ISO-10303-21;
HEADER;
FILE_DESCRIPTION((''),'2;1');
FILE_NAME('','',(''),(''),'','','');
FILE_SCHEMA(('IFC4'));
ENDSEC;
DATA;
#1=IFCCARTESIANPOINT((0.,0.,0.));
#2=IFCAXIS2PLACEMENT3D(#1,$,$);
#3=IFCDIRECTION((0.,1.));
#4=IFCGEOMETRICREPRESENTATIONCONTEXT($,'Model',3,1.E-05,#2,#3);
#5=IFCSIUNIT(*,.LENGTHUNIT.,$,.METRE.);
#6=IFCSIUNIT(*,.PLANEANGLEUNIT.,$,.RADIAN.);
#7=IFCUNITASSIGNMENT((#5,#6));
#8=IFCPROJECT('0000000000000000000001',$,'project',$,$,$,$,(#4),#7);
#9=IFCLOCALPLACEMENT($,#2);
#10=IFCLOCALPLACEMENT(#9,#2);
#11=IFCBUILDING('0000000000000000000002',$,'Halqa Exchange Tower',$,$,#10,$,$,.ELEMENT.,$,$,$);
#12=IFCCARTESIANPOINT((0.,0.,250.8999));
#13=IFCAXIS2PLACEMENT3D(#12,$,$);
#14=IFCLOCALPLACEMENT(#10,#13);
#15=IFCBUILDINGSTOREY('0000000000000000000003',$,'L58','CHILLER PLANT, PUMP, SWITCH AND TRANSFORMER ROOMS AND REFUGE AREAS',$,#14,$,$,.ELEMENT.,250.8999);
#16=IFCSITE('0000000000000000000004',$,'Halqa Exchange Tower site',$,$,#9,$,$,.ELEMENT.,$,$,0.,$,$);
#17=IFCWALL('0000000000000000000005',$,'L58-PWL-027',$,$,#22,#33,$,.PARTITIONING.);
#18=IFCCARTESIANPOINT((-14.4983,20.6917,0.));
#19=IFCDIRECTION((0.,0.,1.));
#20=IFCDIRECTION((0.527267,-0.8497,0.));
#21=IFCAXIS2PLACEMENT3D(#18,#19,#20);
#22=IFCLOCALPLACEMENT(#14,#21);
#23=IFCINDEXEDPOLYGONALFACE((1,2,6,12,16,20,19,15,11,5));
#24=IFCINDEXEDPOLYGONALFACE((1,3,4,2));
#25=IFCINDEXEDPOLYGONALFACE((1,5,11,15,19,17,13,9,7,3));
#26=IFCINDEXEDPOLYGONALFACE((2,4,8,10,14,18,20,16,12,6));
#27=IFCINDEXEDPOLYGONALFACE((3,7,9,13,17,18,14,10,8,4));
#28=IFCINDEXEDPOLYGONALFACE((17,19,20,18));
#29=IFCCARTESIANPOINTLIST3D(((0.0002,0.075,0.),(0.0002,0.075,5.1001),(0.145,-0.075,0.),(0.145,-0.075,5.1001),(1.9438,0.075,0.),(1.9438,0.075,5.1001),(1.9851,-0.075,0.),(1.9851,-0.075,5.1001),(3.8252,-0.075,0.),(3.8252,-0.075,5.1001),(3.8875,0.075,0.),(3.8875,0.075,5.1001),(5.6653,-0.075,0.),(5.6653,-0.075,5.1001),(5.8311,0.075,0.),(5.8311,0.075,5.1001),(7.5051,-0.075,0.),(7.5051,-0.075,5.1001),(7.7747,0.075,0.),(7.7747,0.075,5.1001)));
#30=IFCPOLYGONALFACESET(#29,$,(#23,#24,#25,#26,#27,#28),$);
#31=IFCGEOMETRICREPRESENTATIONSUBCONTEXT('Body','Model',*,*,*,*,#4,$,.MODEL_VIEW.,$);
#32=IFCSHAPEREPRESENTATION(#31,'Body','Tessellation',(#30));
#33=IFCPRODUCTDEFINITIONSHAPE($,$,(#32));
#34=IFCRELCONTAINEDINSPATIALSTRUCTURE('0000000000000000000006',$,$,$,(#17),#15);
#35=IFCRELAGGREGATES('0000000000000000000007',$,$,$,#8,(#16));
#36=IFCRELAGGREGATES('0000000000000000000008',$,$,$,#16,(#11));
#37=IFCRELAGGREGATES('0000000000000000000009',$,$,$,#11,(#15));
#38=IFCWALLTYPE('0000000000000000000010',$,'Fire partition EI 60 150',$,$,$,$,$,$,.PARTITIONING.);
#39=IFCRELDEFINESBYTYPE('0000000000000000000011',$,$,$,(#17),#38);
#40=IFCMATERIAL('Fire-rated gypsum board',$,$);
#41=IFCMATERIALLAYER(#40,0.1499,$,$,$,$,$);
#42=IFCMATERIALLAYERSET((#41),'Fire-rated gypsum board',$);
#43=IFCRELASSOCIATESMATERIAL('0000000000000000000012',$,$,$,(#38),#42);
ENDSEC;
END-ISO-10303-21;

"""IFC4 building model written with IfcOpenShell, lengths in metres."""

from ifc_helpers import new_model, si_unit, direction, frame, origin, place, context, subcontext, project, spatial, polyline, outline, extrude, material, layer, layer_set, type_object, element, save


model = new_model("IFC4")

# Units and contexts
model_context = context("Model", 3, precision=1e-05, world=origin(), true_north=direction((0.0, 1.0)))
body_context = subcontext(model_context, "Body", "Model", "MODEL_VIEW")
ifc_project = project(units=[si_unit("LENGTHUNIT", "METRE"), si_unit("PLANEANGLEUNIT", "RADIAN")], contexts=[model_context])

# Site, building, storey
site_placement = place(None, origin())
site = spatial("IfcSite", under=ifc_project, at=site_placement, Name="Halqa Exchange Tower site", CompositionType="ELEMENT", RefElevation=0.0)
building_placement = place(site_placement, origin())
building = spatial("IfcBuilding", under=site, at=building_placement, Name="Halqa Exchange Tower", CompositionType="ELEMENT")
storey_placement = place(building_placement, frame((0.0, 0.0, 250.8999)))
storey = spatial("IfcBuildingStorey", under=building, at=storey_placement, Name="L58", Description="CHILLER PLANT, PUMP, SWITCH AND TRANSFORMER ROOMS AND REFUGE AREAS", CompositionType="ELEMENT", Elevation=250.8999)

# Shared definitions
ifc_material_1 = material(Name="Fire-rated gypsum board")
ifc_layer_1 = layer(ifc_material_1, 0.1499)
ifc_layer_set_1 = layer_set([ifc_layer_1], Name="Fire-rated gypsum board")
wall_type = type_object("IfcWallType", Name="Fire partition EI 60 150", PredefinedType="PARTITIONING", material=ifc_layer_set_1)

# Wall
wall_1_placement = place(storey_placement, frame((-14.4983, 20.6917, 0.0), z_axis=(0.0, 0.0, 1.0), x_axis=(0.527267, -0.8497, 0.0)))
element("IfcWall", 1, at=wall_1_placement, inside=storey, type_object=wall_type, Name="L58-PWL-027", PredefinedType="PARTITIONING", context=body_context, shape_type="SweptSolid", body=[
    extrude(outline(polyline([(0.145, -0.075), (1.9851, -0.075), (3.8252, -0.075), (5.6653, -0.075), (7.5051, -0.075), (7.7747, 0.075), (5.8311, 0.075), (3.8875, 0.075), (1.9438, 0.075), (0.0002, 0.075), (0.145, -0.075)])), origin(), (0.0, 0.0, 1.0), 5.1001),
])

save(model, "model.ifc")
